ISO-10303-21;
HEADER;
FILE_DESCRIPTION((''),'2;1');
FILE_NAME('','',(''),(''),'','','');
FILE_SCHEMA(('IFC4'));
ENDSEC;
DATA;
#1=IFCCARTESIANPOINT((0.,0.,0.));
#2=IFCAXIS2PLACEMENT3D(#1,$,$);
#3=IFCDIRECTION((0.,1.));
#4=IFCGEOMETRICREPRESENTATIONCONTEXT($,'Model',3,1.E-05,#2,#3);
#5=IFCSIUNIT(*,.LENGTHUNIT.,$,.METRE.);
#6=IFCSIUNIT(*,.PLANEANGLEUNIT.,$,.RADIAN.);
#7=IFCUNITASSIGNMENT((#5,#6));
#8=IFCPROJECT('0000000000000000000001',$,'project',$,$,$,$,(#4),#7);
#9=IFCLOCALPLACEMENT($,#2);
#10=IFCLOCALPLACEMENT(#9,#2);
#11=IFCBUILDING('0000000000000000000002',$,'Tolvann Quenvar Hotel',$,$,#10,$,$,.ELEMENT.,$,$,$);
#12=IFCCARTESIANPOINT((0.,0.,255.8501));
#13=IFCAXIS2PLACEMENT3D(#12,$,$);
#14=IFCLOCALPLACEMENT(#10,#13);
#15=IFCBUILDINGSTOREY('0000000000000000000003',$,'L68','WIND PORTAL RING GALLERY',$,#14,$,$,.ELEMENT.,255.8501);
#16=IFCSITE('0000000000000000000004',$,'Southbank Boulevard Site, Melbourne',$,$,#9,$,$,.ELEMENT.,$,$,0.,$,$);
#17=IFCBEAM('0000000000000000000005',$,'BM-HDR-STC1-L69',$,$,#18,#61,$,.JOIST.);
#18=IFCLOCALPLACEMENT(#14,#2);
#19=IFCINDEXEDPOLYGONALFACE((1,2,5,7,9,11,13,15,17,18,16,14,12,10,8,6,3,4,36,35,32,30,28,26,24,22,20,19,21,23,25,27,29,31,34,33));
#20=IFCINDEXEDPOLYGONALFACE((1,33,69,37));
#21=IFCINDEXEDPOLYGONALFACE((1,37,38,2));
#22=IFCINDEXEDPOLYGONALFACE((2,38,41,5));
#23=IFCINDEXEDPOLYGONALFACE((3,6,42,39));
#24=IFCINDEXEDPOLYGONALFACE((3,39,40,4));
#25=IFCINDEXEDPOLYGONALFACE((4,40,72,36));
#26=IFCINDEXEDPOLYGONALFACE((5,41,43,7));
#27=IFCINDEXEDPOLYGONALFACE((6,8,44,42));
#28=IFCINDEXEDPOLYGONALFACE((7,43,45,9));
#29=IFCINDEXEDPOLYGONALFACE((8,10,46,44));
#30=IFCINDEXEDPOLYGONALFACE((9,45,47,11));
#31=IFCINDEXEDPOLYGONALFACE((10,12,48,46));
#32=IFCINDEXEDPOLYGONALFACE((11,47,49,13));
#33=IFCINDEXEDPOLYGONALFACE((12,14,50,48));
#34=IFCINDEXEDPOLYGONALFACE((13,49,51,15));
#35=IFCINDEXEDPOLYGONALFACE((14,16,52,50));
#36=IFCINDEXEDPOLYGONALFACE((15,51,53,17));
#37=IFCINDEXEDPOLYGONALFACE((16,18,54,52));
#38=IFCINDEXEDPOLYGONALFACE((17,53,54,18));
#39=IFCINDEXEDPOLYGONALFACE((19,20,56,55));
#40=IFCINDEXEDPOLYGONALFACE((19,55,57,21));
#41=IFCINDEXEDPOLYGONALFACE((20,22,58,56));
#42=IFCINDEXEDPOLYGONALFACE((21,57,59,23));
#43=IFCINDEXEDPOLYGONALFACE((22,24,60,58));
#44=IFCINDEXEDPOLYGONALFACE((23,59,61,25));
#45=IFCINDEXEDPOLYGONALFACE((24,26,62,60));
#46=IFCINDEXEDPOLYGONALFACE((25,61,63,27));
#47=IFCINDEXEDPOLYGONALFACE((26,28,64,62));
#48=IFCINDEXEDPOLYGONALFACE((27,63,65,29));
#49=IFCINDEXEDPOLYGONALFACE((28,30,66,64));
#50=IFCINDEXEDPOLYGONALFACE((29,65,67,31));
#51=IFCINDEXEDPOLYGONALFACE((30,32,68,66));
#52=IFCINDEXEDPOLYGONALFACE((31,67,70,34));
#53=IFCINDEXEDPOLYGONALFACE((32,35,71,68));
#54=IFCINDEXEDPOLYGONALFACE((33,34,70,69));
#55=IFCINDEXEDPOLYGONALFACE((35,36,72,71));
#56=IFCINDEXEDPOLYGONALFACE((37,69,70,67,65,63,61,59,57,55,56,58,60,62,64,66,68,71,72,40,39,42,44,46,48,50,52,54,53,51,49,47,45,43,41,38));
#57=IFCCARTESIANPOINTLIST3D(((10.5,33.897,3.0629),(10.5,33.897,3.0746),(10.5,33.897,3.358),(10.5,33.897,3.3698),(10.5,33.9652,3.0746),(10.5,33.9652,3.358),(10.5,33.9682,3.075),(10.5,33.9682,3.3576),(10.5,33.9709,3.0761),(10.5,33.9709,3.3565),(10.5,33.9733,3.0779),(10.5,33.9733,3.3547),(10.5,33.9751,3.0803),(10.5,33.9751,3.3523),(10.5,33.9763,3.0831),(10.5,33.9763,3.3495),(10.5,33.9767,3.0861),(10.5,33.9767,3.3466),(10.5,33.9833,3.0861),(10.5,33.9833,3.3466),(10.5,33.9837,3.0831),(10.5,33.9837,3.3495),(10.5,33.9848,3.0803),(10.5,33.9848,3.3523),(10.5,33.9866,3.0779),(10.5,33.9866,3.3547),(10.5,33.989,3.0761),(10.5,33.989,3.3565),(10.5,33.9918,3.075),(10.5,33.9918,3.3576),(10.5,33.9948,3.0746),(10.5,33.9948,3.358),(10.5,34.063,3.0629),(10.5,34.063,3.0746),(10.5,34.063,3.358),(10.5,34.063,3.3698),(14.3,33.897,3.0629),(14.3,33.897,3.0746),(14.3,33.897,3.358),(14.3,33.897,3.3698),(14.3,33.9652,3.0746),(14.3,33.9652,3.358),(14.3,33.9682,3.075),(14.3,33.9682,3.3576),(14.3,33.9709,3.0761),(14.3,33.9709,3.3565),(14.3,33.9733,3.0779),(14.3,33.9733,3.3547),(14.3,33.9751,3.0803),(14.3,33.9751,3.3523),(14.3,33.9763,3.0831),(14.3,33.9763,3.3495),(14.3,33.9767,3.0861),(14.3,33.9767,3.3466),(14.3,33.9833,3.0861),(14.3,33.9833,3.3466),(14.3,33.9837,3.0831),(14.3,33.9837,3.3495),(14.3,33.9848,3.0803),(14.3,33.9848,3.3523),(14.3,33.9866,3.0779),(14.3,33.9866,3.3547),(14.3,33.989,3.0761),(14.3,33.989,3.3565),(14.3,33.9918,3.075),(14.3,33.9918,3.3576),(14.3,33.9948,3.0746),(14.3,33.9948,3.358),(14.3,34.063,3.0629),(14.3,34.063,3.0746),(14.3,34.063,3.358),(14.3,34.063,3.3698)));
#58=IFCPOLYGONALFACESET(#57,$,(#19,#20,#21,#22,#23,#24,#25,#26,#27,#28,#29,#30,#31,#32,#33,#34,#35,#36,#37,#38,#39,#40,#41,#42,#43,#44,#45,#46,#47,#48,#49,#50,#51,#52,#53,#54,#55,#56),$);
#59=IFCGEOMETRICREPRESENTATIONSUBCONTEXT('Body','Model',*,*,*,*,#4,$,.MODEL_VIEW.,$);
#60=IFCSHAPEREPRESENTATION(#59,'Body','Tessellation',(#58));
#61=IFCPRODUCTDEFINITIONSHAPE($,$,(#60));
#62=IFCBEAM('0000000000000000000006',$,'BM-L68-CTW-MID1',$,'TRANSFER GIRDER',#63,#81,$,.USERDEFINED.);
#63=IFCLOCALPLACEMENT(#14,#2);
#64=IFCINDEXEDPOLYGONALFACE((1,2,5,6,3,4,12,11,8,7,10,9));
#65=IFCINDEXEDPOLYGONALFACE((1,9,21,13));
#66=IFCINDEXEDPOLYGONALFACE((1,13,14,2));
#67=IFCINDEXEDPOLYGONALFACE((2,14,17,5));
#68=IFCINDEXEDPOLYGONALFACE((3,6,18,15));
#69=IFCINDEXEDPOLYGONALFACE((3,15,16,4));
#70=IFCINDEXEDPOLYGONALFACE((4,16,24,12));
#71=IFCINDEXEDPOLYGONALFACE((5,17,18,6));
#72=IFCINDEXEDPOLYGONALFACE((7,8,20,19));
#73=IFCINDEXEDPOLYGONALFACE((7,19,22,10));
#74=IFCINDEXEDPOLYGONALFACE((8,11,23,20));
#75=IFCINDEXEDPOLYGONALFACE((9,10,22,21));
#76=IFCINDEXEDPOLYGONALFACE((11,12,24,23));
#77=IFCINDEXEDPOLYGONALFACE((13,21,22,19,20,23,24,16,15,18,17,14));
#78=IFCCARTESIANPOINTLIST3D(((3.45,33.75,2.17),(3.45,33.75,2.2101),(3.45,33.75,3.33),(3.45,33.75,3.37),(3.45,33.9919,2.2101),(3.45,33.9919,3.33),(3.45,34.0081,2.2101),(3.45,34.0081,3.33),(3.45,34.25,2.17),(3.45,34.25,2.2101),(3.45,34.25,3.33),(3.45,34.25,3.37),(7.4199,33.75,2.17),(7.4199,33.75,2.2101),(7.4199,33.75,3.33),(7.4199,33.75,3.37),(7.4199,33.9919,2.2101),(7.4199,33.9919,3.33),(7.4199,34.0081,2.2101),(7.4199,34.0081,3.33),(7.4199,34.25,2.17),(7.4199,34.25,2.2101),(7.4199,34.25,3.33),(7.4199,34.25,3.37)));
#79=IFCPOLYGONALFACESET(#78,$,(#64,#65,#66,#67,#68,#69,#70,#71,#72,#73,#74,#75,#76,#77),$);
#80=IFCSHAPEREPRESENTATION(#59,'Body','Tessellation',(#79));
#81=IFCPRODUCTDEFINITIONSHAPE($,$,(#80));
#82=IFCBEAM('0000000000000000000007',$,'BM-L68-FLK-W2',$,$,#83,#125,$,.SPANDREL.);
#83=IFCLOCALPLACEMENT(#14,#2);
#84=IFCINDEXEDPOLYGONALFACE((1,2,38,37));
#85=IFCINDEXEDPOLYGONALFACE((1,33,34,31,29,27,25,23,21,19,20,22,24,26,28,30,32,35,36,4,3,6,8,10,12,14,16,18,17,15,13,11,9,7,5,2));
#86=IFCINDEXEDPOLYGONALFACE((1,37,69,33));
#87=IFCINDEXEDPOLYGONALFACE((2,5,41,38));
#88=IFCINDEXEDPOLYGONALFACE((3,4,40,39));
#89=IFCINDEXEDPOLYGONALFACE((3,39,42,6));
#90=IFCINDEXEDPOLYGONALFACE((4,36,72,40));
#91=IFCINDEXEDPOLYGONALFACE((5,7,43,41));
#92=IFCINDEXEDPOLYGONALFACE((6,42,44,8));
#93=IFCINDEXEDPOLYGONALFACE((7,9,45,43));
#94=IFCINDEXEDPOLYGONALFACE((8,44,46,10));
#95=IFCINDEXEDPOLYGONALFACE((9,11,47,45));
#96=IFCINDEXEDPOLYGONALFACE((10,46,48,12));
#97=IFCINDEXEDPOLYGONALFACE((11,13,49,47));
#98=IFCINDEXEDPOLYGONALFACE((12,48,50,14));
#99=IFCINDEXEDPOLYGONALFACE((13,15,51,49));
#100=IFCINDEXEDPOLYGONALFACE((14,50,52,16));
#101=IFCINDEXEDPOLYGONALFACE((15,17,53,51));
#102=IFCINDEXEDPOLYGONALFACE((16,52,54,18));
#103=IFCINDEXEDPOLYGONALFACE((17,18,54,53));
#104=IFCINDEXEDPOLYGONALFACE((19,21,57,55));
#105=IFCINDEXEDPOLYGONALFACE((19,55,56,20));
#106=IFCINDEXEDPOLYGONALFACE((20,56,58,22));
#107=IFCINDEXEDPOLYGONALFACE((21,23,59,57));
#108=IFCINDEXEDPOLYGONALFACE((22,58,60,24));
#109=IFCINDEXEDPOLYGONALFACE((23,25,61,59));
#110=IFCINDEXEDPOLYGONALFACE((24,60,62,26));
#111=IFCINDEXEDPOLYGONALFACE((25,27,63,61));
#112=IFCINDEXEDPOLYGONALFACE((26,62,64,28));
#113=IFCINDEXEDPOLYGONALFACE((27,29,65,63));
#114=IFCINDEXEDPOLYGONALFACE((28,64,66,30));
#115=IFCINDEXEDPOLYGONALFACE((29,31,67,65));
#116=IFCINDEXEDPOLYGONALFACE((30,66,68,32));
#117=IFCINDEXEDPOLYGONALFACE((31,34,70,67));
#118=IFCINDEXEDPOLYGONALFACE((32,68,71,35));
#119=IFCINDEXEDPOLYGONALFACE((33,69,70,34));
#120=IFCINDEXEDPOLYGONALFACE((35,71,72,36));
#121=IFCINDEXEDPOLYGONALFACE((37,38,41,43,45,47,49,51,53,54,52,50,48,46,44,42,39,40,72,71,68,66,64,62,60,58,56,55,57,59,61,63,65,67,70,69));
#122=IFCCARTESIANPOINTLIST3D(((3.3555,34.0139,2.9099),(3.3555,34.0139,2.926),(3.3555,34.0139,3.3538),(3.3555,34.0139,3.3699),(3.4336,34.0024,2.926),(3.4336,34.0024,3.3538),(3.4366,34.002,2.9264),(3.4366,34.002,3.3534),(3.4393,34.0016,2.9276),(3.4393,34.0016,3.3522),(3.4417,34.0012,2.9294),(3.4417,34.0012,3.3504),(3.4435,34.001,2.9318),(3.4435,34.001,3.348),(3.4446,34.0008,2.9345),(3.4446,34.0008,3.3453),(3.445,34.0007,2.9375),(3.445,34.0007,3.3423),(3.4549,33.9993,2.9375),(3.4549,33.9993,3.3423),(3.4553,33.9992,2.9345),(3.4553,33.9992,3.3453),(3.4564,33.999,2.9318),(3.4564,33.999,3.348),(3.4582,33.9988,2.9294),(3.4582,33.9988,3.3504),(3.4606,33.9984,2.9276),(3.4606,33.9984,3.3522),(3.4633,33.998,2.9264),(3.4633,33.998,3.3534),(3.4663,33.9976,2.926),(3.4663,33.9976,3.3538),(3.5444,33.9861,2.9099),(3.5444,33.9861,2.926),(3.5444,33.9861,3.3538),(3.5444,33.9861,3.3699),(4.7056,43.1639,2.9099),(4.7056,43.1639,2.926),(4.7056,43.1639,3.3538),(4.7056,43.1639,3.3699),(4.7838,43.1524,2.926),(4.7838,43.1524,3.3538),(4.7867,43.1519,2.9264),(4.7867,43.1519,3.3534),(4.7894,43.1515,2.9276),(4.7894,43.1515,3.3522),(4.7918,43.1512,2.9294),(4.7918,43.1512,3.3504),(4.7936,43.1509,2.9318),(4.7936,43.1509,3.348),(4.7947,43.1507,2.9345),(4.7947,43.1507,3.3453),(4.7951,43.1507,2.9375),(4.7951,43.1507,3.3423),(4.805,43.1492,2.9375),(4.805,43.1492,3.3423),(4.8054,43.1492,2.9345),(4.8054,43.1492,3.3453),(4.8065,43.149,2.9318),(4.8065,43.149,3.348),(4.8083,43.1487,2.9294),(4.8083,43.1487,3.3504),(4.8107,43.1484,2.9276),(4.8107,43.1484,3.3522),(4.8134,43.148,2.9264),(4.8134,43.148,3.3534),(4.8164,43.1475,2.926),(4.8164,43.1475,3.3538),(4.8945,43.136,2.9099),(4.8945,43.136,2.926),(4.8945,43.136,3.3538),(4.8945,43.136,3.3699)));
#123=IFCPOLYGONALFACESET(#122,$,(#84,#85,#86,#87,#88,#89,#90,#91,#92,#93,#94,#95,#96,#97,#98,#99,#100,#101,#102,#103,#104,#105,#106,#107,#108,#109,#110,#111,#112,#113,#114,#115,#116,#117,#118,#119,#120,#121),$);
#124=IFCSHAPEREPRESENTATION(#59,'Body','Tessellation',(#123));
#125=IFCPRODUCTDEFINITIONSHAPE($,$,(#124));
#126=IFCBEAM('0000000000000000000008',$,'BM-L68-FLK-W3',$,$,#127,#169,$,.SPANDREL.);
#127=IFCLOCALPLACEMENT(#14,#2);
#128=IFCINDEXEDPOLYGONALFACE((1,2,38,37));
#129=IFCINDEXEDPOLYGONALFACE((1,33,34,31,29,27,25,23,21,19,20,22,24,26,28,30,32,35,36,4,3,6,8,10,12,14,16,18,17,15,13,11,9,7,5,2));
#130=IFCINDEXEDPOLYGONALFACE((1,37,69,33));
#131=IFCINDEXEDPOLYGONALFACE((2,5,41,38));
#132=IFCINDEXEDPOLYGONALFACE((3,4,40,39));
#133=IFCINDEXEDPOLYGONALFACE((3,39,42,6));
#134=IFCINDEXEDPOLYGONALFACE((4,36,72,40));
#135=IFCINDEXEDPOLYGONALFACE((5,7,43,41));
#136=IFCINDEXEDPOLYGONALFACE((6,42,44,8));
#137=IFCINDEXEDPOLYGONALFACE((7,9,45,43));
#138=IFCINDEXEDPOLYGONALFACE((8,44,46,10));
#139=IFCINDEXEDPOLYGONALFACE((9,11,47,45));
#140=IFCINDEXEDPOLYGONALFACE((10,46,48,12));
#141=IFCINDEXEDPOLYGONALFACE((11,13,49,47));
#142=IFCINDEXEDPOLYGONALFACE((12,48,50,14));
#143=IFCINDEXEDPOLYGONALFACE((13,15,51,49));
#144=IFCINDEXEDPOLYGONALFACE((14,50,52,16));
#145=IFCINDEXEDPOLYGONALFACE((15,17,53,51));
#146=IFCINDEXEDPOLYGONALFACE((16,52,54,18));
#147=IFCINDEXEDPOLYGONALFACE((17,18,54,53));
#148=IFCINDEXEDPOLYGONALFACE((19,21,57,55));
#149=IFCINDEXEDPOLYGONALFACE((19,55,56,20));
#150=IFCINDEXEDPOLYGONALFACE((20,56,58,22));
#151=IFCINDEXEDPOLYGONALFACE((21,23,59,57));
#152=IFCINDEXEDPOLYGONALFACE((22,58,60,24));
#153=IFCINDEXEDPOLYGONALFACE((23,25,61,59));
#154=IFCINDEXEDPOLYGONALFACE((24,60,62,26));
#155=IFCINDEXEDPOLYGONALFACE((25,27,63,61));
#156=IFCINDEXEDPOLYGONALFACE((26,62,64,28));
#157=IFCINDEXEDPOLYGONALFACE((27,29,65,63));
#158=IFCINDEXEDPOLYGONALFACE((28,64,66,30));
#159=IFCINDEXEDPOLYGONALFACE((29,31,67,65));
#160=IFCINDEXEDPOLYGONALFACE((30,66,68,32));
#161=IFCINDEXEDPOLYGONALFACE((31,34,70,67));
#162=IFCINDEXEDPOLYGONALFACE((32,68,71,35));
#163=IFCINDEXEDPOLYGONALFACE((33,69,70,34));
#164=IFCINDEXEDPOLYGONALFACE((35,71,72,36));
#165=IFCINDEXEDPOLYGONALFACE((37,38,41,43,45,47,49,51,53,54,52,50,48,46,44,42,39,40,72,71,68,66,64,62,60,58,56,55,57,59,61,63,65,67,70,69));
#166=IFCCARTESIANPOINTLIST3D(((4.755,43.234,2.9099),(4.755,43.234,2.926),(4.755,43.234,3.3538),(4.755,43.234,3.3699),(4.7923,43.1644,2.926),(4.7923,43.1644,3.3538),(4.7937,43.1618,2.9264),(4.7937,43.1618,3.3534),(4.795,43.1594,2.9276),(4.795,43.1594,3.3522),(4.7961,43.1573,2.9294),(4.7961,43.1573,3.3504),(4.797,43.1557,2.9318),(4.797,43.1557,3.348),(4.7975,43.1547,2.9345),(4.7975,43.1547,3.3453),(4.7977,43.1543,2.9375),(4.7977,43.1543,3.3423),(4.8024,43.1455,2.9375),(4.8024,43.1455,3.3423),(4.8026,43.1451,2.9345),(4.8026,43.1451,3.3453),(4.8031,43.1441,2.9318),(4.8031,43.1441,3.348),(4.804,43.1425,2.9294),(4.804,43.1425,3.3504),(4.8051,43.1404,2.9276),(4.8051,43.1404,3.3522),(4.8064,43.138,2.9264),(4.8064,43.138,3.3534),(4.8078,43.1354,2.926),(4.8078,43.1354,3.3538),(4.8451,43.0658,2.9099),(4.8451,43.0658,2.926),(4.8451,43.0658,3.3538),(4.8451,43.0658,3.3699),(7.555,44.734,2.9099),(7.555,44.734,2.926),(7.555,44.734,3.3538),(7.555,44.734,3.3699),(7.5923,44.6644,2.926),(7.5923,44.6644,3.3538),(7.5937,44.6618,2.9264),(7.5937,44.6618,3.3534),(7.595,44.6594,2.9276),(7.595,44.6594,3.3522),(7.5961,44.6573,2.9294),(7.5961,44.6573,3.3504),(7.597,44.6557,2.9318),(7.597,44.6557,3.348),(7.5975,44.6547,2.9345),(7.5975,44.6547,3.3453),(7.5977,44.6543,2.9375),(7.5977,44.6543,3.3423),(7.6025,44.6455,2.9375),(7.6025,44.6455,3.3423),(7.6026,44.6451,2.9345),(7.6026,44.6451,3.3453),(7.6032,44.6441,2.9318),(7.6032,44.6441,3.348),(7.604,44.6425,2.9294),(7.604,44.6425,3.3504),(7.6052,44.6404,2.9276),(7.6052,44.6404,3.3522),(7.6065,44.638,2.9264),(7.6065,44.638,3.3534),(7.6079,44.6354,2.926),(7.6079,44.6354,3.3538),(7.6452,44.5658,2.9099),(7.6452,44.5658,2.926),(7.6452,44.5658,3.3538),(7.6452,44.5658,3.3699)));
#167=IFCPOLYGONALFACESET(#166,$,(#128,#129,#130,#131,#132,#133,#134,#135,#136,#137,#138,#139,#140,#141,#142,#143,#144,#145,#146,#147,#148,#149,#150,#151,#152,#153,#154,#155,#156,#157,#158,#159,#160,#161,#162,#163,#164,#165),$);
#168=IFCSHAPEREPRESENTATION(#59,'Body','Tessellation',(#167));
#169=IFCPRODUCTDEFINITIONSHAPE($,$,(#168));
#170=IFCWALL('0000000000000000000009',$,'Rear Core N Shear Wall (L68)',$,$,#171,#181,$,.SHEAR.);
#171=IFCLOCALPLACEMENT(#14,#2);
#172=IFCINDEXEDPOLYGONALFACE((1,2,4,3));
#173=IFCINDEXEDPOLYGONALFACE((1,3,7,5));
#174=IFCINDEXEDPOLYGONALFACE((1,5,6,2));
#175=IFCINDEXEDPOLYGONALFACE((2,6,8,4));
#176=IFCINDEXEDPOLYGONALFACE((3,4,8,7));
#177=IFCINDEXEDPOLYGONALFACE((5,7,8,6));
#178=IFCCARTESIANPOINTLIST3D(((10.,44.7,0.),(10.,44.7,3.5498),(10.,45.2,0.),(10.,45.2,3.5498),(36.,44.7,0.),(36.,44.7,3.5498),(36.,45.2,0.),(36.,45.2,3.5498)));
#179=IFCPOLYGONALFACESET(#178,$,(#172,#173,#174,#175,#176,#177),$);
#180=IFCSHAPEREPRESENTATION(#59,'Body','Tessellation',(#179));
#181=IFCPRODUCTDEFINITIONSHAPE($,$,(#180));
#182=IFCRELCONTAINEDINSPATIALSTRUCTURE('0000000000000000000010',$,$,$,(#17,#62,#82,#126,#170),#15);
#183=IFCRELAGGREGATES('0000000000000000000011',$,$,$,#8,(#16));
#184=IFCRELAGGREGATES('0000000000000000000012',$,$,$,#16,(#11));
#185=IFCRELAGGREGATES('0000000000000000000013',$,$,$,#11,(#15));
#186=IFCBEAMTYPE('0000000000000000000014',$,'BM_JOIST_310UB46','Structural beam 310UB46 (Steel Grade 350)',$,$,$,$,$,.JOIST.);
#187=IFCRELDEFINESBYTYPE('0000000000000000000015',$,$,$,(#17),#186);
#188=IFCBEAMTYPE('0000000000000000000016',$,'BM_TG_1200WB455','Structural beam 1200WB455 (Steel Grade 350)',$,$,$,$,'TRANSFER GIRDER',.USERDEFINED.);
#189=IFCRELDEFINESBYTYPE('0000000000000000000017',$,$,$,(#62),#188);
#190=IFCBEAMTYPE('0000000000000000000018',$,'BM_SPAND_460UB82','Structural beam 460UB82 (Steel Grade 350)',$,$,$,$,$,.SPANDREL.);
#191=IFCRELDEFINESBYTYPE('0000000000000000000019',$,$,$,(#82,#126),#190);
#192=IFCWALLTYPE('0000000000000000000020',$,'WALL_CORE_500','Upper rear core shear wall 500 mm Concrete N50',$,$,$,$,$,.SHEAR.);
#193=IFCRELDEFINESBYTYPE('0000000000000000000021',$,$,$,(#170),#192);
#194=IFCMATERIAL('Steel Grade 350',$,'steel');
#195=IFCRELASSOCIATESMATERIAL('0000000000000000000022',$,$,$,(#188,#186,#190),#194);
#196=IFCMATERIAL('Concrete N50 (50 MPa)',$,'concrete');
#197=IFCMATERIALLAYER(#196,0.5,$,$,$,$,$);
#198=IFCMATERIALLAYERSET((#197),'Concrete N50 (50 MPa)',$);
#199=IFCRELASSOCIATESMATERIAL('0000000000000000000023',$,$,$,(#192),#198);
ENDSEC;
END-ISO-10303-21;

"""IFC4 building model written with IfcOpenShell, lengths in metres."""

from ifc_helpers import new_model, si_unit, direction, frame, frame_2d, origin, origin_2d, place, context, subcontext, project, spatial, rectangle, i_section, extrude, source, transform, mapped, material, layer, layer_set, material_profile, profile_set, type_object, type_shapes, element, save


model = new_model("IFC4")

# Units and contexts
model_context = context("Model", 3, precision=1e-05, world=origin(), true_north=direction((0.0, 1.0)))
body_context = subcontext(model_context, "Body", "Model", "MODEL_VIEW")
ifc_project = project(units=[si_unit("LENGTHUNIT", "METRE"), si_unit("PLANEANGLEUNIT", "RADIAN")], contexts=[model_context])

# Site, building, storey
site_placement = place(None, origin())
site = spatial("IfcSite", under=ifc_project, at=site_placement, Name="Southbank Boulevard Site, Melbourne", CompositionType="ELEMENT", RefElevation=0.0)
building_placement = place(site_placement, origin())
building = spatial("IfcBuilding", under=site, at=building_placement, Name="Tolvann Quenvar Hotel", CompositionType="ELEMENT")
storey_placement = place(building_placement, frame((0.0, 0.0, 255.8501)))
storey = spatial("IfcBuildingStorey", under=building, at=storey_placement, Name="L68", Description="WIND PORTAL RING GALLERY", CompositionType="ELEMENT", Elevation=255.8501)

# Shared definitions
ifc_material_1 = material(Name="Steel Grade 350", Category="steel")

# Beams
ifc_material_profile_1 = material_profile(ifc_material_1, i_section(OverallWidth=0.5, OverallDepth=1.2, WebThickness=0.0161, FlangeThickness=0.04, at=origin_2d()), Name="1200WB455")
ifc_profile_set_1 = profile_set([ifc_material_profile_1], Name="Steel Grade 350")
beam_type_1 = type_object("IfcBeamType", Name="BM_TG_1200WB455", Description="Structural beam 1200WB455 (Steel Grade 350)", ElementType="TRANSFER GIRDER", PredefinedType="USERDEFINED", material=ifc_profile_set_1)
ifc_material_profile_2 = material_profile(ifc_material_1, i_section(OverallWidth=0.166, OverallDepth=0.3069, WebThickness=0.0066, FlangeThickness=0.0117, FilletRadius=0.0115, at=origin_2d()), Name="310UB46")
ifc_profile_set_2 = profile_set([ifc_material_profile_2], Name="Steel Grade 350")
beam_type_2 = type_object("IfcBeamType", Name="BM_JOIST_310UB46", Description="Structural beam 310UB46 (Steel Grade 350)", PredefinedType="JOIST", material=ifc_profile_set_2)
shared_shape_1 = source(origin(), body_context, "Body", "SweptSolid", [
    extrude(i_section(OverallWidth=0.166, OverallDepth=0.3069, WebThickness=0.0066, FlangeThickness=0.0117, FilletRadius=0.0115, at=origin_2d()), origin(), (0.0, 0.0, 1.0), 3.8),
])
type_shapes(beam_type_2, [shared_shape_1])
beam_1_placement = place(storey_placement, frame((10.5, 33.98, 3.2163), z_axis=(1.0, 0.0, 0.0), x_axis=(0.0, 1.0, 0.0)))
element("IfcBeam", 1, at=beam_1_placement, inside=storey, type_object=beam_type_2, Name="BM-HDR-STC1-L69", PredefinedType="JOIST", context=body_context, shape_type="MappedRepresentation", body=[
    mapped(shared_shape_1, transform((0.0, 0.0, 0.0), x_axis=(1.0, 0.0, 0.0), y_axis=(0.0, 1.0, 0.0), z_axis=(0.0, 0.0, 1.0), scale=1.0)),
])
shared_shape_2 = source(origin(), body_context, "Body", "SweptSolid", [
    extrude(i_section(OverallWidth=0.5, OverallDepth=1.2, WebThickness=0.0161, FlangeThickness=0.04, at=origin_2d()), origin(), (0.0, 0.0, 1.0), 3.97),
])
beam_2_placement = place(storey_placement, frame((3.45, 34.0, 2.77), z_axis=(1.0, 0.0, 0.0), x_axis=(0.0, 1.0, 0.0)))
element("IfcBeam", 2, at=beam_2_placement, inside=storey, type_object=beam_type_1, Name="BM-L68-CTW-MID1", ObjectType="TRANSFER GIRDER", PredefinedType="USERDEFINED", context=body_context, shape_type="MappedRepresentation", body=[
    mapped(shared_shape_2, transform((0.0, 0.0, 0.0), x_axis=(1.0, 0.0, 0.0), y_axis=(0.0, 1.0, 0.0), z_axis=(0.0, 0.0, 1.0), scale=1.0)),
])
ifc_material_profile_3 = material_profile(ifc_material_1, i_section(OverallWidth=0.1909, OverallDepth=0.46, WebThickness=0.01, FlangeThickness=0.0161, FilletRadius=0.0115, at=origin_2d()), Name="460UB82")
ifc_profile_set_3 = profile_set([ifc_material_profile_3], Name="Steel Grade 350")
beam_type_3 = type_object("IfcBeamType", Name="BM_SPAND_460UB82", Description="Structural beam 460UB82 (Steel Grade 350)", PredefinedType="SPANDREL", material=ifc_profile_set_3)
shared_shape_3 = source(origin(), body_context, "Body", "SweptSolid", [
    extrude(i_section(OverallWidth=0.1909, OverallDepth=0.46, WebThickness=0.01, FlangeThickness=0.0161, FilletRadius=0.0115, at=origin_2d()), origin(), (0.0, 0.0, 1.0), 9.249),
])
beam_3_placement = place(storey_placement, frame((3.45, 34.0, 3.1399), z_axis=(0.145973, 0.989289, 0.0), x_axis=(-0.989289, 0.145973, 0.0)))
element("IfcBeam", 3, at=beam_3_placement, inside=storey, type_object=beam_type_3, Name="BM-L68-FLK-W2", PredefinedType="SPANDREL", context=body_context, shape_type="MappedRepresentation", body=[
    mapped(shared_shape_3, transform((0.0, 0.0, 0.0), x_axis=(1.0, 0.0, 0.0), y_axis=(0.0, 1.0, 0.0), z_axis=(0.0, 0.0, 1.0), scale=1.0)),
])
shared_shape_4 = source(origin(), body_context, "Body", "SweptSolid", [
    extrude(i_section(OverallWidth=0.1909, OverallDepth=0.46, WebThickness=0.01, FlangeThickness=0.0161, FilletRadius=0.0115, at=origin_2d()), origin(), (0.0, 0.0, 1.0), 3.1765),
])
type_shapes(beam_type_3, [shared_shape_3, shared_shape_4])
beam_4_placement = place(storey_placement, frame((4.8, 43.1499, 3.1399), z_axis=(0.881483, 0.472215, 0.0), x_axis=(-0.472215, 0.881483, 0.0)))
element("IfcBeam", 4, at=beam_4_placement, inside=storey, type_object=beam_type_3, Name="BM-L68-FLK-W3", PredefinedType="SPANDREL", context=body_context, shape_type="MappedRepresentation", body=[
    mapped(shared_shape_4, transform((0.0, 0.0, 0.0), x_axis=(1.0, 0.0, 0.0), y_axis=(0.0, 1.0, 0.0), z_axis=(0.0, 0.0, 1.0), scale=1.0)),
])

# Wall
ifc_material_2 = material(Name="Concrete N50 (50 MPa)", Category="concrete")
ifc_layer_1 = layer(ifc_material_2, 0.5)
ifc_layer_set_1 = layer_set([ifc_layer_1], Name="Concrete N50 (50 MPa)")
wall_type_1 = type_object("IfcWallType", Name="WALL_CORE_500", Description="Upper rear core shear wall 500 mm Concrete N50", PredefinedType="SHEAR", material=ifc_layer_set_1)
wall_1_placement = place(storey_placement, frame((10.0, 44.95, 0.0), z_axis=(0.0, 0.0, 1.0), x_axis=(1.0, 0.0, 0.0)))
element("IfcWall", 5, at=wall_1_placement, inside=storey, type_object=wall_type_1, Name="Rear Core N Shear Wall (L68)", PredefinedType="SHEAR", context=body_context, shape_type="SweptSolid", body=[
    extrude(rectangle(XDim=26.0, YDim=0.5, at=frame_2d((13.0, 0.0))), origin(), (0.0, 0.0, 1.0), 3.5498),
])

save(model, "model.ifc")
